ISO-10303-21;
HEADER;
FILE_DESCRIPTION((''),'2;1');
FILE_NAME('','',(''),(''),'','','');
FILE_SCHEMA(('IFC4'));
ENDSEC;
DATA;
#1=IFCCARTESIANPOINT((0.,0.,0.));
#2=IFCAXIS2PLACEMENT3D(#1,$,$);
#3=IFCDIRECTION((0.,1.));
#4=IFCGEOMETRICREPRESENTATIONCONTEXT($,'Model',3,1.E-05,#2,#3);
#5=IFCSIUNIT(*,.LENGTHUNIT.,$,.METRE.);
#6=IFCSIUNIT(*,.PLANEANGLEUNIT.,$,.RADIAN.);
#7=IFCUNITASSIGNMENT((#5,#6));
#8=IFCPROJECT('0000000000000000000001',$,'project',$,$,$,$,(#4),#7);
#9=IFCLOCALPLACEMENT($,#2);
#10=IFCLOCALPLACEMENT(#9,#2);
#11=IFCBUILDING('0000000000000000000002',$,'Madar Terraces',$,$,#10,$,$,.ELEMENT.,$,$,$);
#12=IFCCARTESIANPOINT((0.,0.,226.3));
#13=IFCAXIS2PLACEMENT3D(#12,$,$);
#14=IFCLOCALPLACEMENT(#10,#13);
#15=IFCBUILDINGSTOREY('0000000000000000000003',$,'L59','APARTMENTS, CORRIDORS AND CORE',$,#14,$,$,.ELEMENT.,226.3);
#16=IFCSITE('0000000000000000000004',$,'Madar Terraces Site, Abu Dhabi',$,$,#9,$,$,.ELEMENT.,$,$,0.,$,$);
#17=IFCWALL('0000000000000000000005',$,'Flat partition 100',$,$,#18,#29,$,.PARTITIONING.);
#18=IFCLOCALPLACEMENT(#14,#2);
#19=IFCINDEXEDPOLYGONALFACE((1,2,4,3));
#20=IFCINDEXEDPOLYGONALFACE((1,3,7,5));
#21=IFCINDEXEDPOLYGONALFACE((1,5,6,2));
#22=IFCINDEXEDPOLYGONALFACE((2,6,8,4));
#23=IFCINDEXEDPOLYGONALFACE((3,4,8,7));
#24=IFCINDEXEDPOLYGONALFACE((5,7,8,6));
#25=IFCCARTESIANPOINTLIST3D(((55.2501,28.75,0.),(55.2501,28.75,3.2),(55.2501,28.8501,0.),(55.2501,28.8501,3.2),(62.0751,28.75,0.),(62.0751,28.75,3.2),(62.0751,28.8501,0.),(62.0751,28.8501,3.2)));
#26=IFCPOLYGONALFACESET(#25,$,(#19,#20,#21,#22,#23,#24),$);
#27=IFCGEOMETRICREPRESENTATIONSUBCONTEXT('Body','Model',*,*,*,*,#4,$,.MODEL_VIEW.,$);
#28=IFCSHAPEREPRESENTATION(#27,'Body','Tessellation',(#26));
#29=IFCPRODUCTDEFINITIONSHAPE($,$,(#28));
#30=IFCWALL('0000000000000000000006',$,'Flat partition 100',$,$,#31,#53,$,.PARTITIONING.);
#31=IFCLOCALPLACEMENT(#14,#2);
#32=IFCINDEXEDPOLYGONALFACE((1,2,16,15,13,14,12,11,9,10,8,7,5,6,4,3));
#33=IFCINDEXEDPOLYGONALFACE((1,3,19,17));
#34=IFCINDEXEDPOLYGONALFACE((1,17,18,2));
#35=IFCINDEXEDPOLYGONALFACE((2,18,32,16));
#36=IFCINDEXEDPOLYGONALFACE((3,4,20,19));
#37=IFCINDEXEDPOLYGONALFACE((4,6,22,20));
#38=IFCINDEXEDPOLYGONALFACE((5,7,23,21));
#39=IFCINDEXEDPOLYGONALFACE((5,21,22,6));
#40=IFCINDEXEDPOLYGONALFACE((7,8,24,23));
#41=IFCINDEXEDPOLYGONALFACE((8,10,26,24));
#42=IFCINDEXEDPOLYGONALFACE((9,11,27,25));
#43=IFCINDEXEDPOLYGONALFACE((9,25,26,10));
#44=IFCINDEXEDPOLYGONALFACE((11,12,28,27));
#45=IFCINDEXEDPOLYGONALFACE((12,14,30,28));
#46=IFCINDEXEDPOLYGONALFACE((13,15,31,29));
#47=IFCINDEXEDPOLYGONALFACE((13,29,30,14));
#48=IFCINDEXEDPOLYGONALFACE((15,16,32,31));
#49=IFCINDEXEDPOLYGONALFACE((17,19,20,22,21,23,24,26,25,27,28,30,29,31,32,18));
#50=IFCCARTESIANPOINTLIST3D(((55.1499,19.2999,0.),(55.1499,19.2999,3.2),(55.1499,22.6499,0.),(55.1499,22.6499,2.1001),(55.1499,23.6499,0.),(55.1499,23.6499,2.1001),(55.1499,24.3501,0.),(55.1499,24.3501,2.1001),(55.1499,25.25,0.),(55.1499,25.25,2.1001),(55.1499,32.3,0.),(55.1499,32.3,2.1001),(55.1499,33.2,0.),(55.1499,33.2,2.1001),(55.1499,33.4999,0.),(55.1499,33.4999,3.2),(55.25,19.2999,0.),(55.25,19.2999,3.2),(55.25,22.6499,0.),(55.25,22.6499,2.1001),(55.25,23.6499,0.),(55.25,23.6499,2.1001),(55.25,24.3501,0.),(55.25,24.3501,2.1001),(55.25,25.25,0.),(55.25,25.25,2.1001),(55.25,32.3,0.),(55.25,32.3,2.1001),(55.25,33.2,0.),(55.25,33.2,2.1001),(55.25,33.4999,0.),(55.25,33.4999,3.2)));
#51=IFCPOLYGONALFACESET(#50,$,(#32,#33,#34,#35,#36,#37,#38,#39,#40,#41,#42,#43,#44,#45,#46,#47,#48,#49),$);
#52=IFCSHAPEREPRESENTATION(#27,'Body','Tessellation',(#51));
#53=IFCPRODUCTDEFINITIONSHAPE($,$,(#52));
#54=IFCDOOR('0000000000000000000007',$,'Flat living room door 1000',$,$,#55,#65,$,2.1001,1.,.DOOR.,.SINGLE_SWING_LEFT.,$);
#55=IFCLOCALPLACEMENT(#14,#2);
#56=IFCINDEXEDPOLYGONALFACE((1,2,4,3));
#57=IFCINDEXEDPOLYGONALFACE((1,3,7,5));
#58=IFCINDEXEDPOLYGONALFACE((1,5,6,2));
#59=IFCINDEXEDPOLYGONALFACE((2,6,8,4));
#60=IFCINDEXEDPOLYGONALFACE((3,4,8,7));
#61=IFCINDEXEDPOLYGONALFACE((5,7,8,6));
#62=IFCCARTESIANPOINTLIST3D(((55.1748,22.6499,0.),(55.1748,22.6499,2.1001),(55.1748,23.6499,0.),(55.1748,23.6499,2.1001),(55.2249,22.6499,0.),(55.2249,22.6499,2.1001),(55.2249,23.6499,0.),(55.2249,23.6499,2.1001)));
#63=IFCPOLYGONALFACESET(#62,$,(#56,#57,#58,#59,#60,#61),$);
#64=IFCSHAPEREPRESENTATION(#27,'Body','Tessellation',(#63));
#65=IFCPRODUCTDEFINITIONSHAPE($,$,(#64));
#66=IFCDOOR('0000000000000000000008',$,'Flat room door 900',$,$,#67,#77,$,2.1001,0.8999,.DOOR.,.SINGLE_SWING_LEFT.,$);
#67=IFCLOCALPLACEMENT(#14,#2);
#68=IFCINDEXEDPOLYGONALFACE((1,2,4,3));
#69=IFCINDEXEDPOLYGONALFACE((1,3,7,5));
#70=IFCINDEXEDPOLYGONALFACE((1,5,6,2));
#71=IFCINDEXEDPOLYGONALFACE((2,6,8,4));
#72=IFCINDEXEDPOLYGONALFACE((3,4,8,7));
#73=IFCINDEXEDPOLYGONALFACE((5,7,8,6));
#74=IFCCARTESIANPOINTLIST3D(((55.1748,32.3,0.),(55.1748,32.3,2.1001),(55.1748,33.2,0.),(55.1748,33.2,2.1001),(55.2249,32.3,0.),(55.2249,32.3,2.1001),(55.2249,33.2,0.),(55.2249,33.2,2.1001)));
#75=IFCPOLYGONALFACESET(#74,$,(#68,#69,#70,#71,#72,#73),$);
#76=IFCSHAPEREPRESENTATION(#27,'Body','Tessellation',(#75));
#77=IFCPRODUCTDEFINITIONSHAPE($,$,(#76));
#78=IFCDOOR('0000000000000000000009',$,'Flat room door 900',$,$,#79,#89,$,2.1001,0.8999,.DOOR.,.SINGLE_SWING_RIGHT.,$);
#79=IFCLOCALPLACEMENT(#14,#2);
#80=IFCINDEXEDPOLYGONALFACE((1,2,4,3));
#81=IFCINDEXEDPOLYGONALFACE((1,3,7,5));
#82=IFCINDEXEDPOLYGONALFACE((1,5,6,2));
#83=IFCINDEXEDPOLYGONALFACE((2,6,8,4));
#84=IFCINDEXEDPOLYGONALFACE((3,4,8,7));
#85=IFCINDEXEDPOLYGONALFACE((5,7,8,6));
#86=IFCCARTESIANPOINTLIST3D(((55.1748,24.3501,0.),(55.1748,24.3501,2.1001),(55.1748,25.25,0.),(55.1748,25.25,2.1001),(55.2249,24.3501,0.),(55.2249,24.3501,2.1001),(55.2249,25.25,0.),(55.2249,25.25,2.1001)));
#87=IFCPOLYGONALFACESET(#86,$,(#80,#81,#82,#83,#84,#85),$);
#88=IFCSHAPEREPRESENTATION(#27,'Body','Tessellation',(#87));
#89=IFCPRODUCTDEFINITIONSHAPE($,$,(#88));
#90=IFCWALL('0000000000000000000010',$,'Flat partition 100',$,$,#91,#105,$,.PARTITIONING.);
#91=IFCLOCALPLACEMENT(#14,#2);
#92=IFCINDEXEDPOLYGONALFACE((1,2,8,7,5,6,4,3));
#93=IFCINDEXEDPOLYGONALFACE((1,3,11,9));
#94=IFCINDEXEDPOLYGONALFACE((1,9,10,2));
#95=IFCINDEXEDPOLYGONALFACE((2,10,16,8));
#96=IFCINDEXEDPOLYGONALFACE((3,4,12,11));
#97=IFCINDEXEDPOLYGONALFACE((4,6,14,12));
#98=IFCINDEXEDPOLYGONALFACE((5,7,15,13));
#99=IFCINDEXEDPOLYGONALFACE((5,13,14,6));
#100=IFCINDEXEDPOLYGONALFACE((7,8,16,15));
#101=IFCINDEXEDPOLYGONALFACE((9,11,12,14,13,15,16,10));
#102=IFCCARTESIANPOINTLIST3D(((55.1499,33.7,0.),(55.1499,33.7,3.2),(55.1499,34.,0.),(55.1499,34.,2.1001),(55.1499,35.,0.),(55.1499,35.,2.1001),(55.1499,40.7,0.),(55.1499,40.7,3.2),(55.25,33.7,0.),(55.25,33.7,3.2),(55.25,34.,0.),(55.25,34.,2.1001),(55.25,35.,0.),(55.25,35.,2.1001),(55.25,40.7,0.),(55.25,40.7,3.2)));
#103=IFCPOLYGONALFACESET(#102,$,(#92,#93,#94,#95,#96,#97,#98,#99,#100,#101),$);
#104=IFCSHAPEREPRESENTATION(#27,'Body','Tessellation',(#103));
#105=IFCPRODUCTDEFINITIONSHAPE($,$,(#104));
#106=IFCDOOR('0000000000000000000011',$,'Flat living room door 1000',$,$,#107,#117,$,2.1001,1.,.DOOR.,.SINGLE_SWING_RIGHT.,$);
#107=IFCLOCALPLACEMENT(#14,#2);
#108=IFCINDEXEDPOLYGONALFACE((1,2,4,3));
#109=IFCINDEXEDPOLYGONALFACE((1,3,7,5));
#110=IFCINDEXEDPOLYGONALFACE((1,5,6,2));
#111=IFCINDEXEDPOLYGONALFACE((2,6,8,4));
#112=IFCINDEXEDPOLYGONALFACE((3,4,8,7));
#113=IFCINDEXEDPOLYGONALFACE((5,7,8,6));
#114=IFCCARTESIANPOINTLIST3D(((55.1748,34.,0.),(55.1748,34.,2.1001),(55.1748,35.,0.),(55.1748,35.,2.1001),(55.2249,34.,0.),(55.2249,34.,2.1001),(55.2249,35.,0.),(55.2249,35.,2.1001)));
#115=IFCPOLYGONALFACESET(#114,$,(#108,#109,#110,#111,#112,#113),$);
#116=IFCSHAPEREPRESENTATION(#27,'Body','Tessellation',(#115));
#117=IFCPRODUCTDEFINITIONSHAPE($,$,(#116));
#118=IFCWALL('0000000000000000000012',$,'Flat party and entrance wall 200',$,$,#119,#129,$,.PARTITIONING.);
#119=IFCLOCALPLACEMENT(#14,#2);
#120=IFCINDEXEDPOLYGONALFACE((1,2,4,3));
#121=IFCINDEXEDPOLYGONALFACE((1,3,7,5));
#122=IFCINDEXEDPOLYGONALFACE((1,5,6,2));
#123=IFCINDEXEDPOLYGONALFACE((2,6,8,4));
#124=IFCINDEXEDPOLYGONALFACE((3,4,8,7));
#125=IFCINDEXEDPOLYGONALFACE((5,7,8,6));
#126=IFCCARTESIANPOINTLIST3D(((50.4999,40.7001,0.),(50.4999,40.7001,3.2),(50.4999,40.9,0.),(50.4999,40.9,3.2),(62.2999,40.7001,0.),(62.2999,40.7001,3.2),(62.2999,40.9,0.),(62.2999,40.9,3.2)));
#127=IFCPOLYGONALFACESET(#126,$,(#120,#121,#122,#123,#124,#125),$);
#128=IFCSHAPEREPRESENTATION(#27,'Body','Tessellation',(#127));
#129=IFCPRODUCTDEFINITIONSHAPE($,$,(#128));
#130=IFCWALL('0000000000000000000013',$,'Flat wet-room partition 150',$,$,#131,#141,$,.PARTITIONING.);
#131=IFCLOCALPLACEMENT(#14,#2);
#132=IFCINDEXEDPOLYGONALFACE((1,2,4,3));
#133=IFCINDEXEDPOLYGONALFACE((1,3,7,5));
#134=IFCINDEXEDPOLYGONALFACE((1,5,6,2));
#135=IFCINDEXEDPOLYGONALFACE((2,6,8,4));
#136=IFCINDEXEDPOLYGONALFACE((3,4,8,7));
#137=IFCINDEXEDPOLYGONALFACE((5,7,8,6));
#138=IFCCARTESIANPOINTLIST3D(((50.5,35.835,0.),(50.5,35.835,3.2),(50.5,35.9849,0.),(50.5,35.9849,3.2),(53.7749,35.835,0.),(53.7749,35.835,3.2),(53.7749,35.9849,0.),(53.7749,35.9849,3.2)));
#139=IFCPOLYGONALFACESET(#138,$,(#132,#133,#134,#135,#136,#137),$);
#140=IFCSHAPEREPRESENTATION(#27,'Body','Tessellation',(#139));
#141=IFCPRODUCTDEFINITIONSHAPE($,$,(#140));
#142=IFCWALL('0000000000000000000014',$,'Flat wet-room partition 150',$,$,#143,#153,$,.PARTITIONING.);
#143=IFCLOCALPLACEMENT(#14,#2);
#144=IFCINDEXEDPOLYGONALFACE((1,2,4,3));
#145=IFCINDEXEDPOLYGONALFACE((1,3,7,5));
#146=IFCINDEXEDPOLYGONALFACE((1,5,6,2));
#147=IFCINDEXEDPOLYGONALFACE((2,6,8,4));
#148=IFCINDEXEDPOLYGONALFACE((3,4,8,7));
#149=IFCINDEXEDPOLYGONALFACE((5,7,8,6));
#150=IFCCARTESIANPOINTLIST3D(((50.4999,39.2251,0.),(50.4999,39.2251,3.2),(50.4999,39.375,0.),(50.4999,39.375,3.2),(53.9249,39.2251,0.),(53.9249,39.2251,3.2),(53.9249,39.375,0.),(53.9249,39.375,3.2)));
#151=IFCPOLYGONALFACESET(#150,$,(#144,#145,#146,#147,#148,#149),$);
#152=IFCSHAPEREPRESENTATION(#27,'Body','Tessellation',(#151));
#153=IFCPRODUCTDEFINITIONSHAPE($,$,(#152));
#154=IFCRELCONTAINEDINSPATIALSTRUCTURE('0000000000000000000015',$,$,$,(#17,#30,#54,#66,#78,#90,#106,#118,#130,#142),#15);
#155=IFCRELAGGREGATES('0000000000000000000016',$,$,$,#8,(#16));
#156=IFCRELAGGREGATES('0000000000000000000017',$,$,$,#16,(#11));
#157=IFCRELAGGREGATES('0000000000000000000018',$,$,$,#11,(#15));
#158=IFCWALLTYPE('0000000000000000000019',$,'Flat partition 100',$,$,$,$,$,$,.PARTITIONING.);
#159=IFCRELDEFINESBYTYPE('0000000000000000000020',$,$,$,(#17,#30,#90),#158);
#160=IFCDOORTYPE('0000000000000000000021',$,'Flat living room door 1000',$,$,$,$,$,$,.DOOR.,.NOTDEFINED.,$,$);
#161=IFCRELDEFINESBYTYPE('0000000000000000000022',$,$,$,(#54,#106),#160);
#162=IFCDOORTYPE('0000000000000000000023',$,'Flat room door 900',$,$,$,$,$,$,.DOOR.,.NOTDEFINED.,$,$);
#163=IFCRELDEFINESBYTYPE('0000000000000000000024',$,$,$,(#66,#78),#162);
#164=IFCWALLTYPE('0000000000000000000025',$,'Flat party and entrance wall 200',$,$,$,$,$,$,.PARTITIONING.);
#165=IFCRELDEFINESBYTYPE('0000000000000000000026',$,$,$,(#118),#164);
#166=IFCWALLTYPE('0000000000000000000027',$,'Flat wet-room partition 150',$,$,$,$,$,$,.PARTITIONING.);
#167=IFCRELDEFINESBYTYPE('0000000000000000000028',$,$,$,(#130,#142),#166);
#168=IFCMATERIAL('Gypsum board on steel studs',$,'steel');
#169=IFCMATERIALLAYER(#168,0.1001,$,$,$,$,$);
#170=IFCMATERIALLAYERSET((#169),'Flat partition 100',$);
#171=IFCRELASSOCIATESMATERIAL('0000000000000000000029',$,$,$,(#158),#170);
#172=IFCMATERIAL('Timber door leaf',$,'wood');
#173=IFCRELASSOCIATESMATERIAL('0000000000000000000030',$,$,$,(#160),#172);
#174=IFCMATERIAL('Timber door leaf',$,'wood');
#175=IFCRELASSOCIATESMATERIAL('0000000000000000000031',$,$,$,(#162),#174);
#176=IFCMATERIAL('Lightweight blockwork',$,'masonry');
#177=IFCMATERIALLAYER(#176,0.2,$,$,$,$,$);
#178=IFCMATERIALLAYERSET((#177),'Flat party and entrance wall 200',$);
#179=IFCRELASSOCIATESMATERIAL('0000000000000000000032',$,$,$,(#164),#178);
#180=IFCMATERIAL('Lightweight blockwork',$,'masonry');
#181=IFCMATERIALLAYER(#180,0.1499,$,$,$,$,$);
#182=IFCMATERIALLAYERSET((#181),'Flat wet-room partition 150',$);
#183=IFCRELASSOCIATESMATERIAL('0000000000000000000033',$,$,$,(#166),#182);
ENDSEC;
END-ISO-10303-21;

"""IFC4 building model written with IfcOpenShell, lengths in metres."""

from ifc_helpers import new_model, si_unit, direction, frame, frame_2d, origin, place, context, subcontext, project, spatial, rectangle, extrude, material, layer, layer_set, type_object, element, fill, save


model = new_model("IFC4")

# Units and contexts
model_context = context("Model", 3, precision=1e-05, world=origin(), true_north=direction((0.0, 1.0)))
body_context = subcontext(model_context, "Body", "Model", "MODEL_VIEW")
ifc_project = project(units=[si_unit("LENGTHUNIT", "METRE"), si_unit("PLANEANGLEUNIT", "RADIAN")], contexts=[model_context])

# Site, building, storey
site_placement = place(None, origin())
site = spatial("IfcSite", under=ifc_project, at=site_placement, Name="Madar Terraces Site, Abu Dhabi", CompositionType="ELEMENT", RefElevation=0.0)
building_placement = place(site_placement, origin())
building = spatial("IfcBuilding", under=site, at=building_placement, Name="Madar Terraces", CompositionType="ELEMENT")
storey_placement = place(building_placement, frame((0.0, 0.0, 226.3)))
storey = spatial("IfcBuildingStorey", under=building, at=storey_placement, Name="L59", Description="APARTMENTS, CORRIDORS AND CORE", CompositionType="ELEMENT", Elevation=226.3)

# Wall
ifc_material_1 = material(Name="Gypsum board on steel studs", Category="steel")
ifc_layer_1 = layer(ifc_material_1, 0.1001)
ifc_layer_set_1 = layer_set([ifc_layer_1], Name="Flat partition 100")
wall_type_1 = type_object("IfcWallType", Name="Flat partition 100", PredefinedType="PARTITIONING", material=ifc_layer_set_1)
wall_1_placement = place(storey_placement, frame((55.25, 28.8, 0.0), z_axis=(0.0, 0.0, 1.0), x_axis=(1.0, 0.0, 0.0)))
element("IfcWall", 1, at=wall_1_placement, inside=storey, type_object=wall_type_1, Name="Flat partition 100", PredefinedType="PARTITIONING", context=body_context, shape_type="SweptSolid", body=[
    extrude(rectangle(XDim=6.825, YDim=0.1001, at=frame_2d((3.4126, 0.0))), origin(), (0.0, 0.0, 1.0), 3.2),
])

# Wall, openings, doors
wall_2_placement = place(storey_placement, frame((55.2, 33.5, 0.0), z_axis=(0.0, 0.0, 1.0), x_axis=(0.0, -1.0, 0.0)))
wall_2 = element("IfcWall", 2, at=wall_2_placement, inside=storey, type_object=wall_type_1, Name="Flat partition 100", PredefinedType="PARTITIONING", context=body_context, shape_type="SweptSolid", body=[
    extrude(rectangle(XDim=14.2, YDim=0.1001, at=frame_2d((7.1001, 0.0))), origin(), (0.0, 0.0, 1.0), 3.2),
])
opening_1_placement = place(wall_2_placement, frame((0.3, 0.0, 0.0)))
opening_1 = element("IfcOpeningElement", 3, at=opening_1_placement, cuts=wall_2, PredefinedType="OPENING", context=body_context, shape_type="SweptSolid", body=[
    extrude(rectangle(XDim=0.8999, YDim=2.1001, at=frame_2d((0.45, 1.05))), frame((0.0, 0.0601, 0.0), z_axis=(0.0, -1.0, 0.0), x_axis=(1.0, 0.0, 0.0)), (0.0, 0.0, 1.0), 0.1201),
])
opening_2_placement = place(wall_2_placement, frame((8.25, 0.0, 0.0)))
opening_2 = element("IfcOpeningElement", 4, at=opening_2_placement, cuts=wall_2, PredefinedType="OPENING", context=body_context, shape_type="SweptSolid", body=[
    extrude(rectangle(XDim=0.8999, YDim=2.1001, at=frame_2d((0.45, 1.05))), frame((0.0, 0.0601, 0.0), z_axis=(0.0, -1.0, 0.0), x_axis=(1.0, 0.0, 0.0)), (0.0, 0.0, 1.0), 0.1201),
])
opening_3_placement = place(wall_2_placement, frame((9.8501, 0.0, 0.0)))
opening_3 = element("IfcOpeningElement", 5, at=opening_3_placement, cuts=wall_2, PredefinedType="OPENING", context=body_context, shape_type="SweptSolid", body=[
    extrude(rectangle(XDim=1.0, YDim=2.1001, at=frame_2d((0.5, 1.05))), frame((0.0, 0.0601, 0.0), z_axis=(0.0, -1.0, 0.0), x_axis=(1.0, 0.0, 0.0)), (0.0, 0.0, 1.0), 0.1201),
])
ifc_material_2 = material(Name="Timber door leaf", Category="wood")
door_type_1 = type_object("IfcDoorType", Name="Flat living room door 1000", OperationType="NOTDEFINED", PredefinedType="DOOR", material=ifc_material_2)
door_1_placement = place(opening_3_placement, origin())
door_1 = element("IfcDoor", 6, at=door_1_placement, inside=storey, type_object=door_type_1, Name="Flat living room door 1000", OperationType="SINGLE_SWING_LEFT", OverallHeight=2.1001, OverallWidth=1.0, PredefinedType="DOOR", context=body_context, shape_type="SweptSolid", body=[
    extrude(rectangle(XDim=1.0, YDim=2.1001, at=frame_2d((0.5, 1.05))), frame((0.0, 0.0249, 0.0), z_axis=(0.0, -1.0, 0.0), x_axis=(1.0, 0.0, 0.0)), (0.0, 0.0, 1.0), 0.05),
])
fill(opening_3, door_1)
ifc_material_3 = material(Name="Timber door leaf", Category="wood")
door_type_2 = type_object("IfcDoorType", Name="Flat room door 900", OperationType="NOTDEFINED", PredefinedType="DOOR", material=ifc_material_3)
door_2_placement = place(opening_1_placement, origin())
door_2 = element("IfcDoor", 7, at=door_2_placement, inside=storey, type_object=door_type_2, Name="Flat room door 900", OperationType="SINGLE_SWING_LEFT", OverallHeight=2.1001, OverallWidth=0.8999, PredefinedType="DOOR", context=body_context, shape_type="SweptSolid", body=[
    extrude(rectangle(XDim=0.8999, YDim=2.1001, at=frame_2d((0.45, 1.05))), frame((0.0, 0.0249, 0.0), z_axis=(0.0, -1.0, 0.0), x_axis=(1.0, 0.0, 0.0)), (0.0, 0.0, 1.0), 0.05),
])
fill(opening_1, door_2)
door_3_placement = place(opening_2_placement, origin())
door_3 = element("IfcDoor", 8, at=door_3_placement, inside=storey, type_object=door_type_2, Name="Flat room door 900", OperationType="SINGLE_SWING_RIGHT", OverallHeight=2.1001, OverallWidth=0.8999, PredefinedType="DOOR", context=body_context, shape_type="SweptSolid", body=[
    extrude(rectangle(XDim=0.8999, YDim=2.1001, at=frame_2d((0.45, 1.05))), frame((0.0, 0.0249, 0.0), z_axis=(0.0, -1.0, 0.0), x_axis=(1.0, 0.0, 0.0)), (0.0, 0.0, 1.0), 0.05),
])
fill(opening_2, door_3)

# Wall, opening, door
wall_3_placement = place(storey_placement, frame((55.2, 40.7, 0.0), z_axis=(0.0, 0.0, 1.0), x_axis=(0.0, -1.0, 0.0)))
wall_3 = element("IfcWall", 9, at=wall_3_placement, inside=storey, type_object=wall_type_1, Name="Flat partition 100", PredefinedType="PARTITIONING", context=body_context, shape_type="SweptSolid", body=[
    extrude(rectangle(XDim=7.0, YDim=0.1001, at=frame_2d((3.5, 0.0))), origin(), (0.0, 0.0, 1.0), 3.2),
])
opening_4_placement = place(wall_3_placement, frame((5.7, 0.0, 0.0)))
opening_4 = element("IfcOpeningElement", 10, at=opening_4_placement, cuts=wall_3, PredefinedType="OPENING", context=body_context, shape_type="SweptSolid", body=[
    extrude(rectangle(XDim=1.0, YDim=2.1001, at=frame_2d((0.5, 1.05))), frame((0.0, 0.0601, 0.0), z_axis=(0.0, -1.0, 0.0), x_axis=(1.0, 0.0, 0.0)), (0.0, 0.0, 1.0), 0.1201),
])
door_4_placement = place(opening_4_placement, origin())
door_4 = element("IfcDoor", 11, at=door_4_placement, inside=storey, type_object=door_type_1, Name="Flat living room door 1000", OperationType="SINGLE_SWING_RIGHT", OverallHeight=2.1001, OverallWidth=1.0, PredefinedType="DOOR", context=body_context, shape_type="SweptSolid", body=[
    extrude(rectangle(XDim=1.0, YDim=2.1001, at=frame_2d((0.5, 1.05))), frame((0.0, 0.0249, 0.0), z_axis=(0.0, -1.0, 0.0), x_axis=(1.0, 0.0, 0.0)), (0.0, 0.0, 1.0), 0.05),
])
fill(opening_4, door_4)

# Walls
ifc_material_4 = material(Name="Lightweight blockwork", Category="masonry")
ifc_layer_2 = layer(ifc_material_4, 0.2)
ifc_layer_set_2 = layer_set([ifc_layer_2], Name="Flat party and entrance wall 200")
wall_type_2 = type_object("IfcWallType", Name="Flat party and entrance wall 200", PredefinedType="PARTITIONING", material=ifc_layer_set_2)
wall_4_placement = place(storey_placement, frame((50.5, 40.8, 0.0), z_axis=(0.0, 0.0, 1.0), x_axis=(1.0, 0.0, 0.0)))
element("IfcWall", 12, at=wall_4_placement, inside=storey, type_object=wall_type_2, Name="Flat party and entrance wall 200", PredefinedType="PARTITIONING", context=body_context, shape_type="SweptSolid", body=[
    extrude(rectangle(XDim=11.8, YDim=0.2, at=frame_2d((5.8999, 0.0))), origin(), (0.0, 0.0, 1.0), 3.2),
])
ifc_material_5 = material(Name="Lightweight blockwork", Category="masonry")
ifc_layer_3 = layer(ifc_material_5, 0.1499)
ifc_layer_set_3 = layer_set([ifc_layer_3], Name="Flat wet-room partition 150")
wall_type_3 = type_object("IfcWallType", Name="Flat wet-room partition 150", PredefinedType="PARTITIONING", material=ifc_layer_set_3)
wall_5_placement = place(storey_placement, frame((50.5, 35.9099, 0.0), z_axis=(0.0, 0.0, 1.0), x_axis=(1.0, 0.0, 0.0)))
element("IfcWall", 13, at=wall_5_placement, inside=storey, type_object=wall_type_3, Name="Flat wet-room partition 150", PredefinedType="PARTITIONING", context=body_context, shape_type="SweptSolid", body=[
    extrude(rectangle(XDim=3.2749, YDim=0.1499, at=frame_2d((1.6375, 0.0))), origin(), (0.0, 0.0, 1.0), 3.2),
])
wall_6_placement = place(storey_placement, frame((50.5, 39.3, 0.0), z_axis=(0.0, 0.0, 1.0), x_axis=(1.0, 0.0, 0.0)))
element("IfcWall", 14, at=wall_6_placement, inside=storey, type_object=wall_type_3, Name="Flat wet-room partition 150", PredefinedType="PARTITIONING", context=body_context, shape_type="SweptSolid", body=[
    extrude(rectangle(XDim=3.425, YDim=0.1499, at=frame_2d((1.7124, 0.0))), origin(), (0.0, 0.0, 1.0), 3.2),
])

save(model, "model.ifc")
